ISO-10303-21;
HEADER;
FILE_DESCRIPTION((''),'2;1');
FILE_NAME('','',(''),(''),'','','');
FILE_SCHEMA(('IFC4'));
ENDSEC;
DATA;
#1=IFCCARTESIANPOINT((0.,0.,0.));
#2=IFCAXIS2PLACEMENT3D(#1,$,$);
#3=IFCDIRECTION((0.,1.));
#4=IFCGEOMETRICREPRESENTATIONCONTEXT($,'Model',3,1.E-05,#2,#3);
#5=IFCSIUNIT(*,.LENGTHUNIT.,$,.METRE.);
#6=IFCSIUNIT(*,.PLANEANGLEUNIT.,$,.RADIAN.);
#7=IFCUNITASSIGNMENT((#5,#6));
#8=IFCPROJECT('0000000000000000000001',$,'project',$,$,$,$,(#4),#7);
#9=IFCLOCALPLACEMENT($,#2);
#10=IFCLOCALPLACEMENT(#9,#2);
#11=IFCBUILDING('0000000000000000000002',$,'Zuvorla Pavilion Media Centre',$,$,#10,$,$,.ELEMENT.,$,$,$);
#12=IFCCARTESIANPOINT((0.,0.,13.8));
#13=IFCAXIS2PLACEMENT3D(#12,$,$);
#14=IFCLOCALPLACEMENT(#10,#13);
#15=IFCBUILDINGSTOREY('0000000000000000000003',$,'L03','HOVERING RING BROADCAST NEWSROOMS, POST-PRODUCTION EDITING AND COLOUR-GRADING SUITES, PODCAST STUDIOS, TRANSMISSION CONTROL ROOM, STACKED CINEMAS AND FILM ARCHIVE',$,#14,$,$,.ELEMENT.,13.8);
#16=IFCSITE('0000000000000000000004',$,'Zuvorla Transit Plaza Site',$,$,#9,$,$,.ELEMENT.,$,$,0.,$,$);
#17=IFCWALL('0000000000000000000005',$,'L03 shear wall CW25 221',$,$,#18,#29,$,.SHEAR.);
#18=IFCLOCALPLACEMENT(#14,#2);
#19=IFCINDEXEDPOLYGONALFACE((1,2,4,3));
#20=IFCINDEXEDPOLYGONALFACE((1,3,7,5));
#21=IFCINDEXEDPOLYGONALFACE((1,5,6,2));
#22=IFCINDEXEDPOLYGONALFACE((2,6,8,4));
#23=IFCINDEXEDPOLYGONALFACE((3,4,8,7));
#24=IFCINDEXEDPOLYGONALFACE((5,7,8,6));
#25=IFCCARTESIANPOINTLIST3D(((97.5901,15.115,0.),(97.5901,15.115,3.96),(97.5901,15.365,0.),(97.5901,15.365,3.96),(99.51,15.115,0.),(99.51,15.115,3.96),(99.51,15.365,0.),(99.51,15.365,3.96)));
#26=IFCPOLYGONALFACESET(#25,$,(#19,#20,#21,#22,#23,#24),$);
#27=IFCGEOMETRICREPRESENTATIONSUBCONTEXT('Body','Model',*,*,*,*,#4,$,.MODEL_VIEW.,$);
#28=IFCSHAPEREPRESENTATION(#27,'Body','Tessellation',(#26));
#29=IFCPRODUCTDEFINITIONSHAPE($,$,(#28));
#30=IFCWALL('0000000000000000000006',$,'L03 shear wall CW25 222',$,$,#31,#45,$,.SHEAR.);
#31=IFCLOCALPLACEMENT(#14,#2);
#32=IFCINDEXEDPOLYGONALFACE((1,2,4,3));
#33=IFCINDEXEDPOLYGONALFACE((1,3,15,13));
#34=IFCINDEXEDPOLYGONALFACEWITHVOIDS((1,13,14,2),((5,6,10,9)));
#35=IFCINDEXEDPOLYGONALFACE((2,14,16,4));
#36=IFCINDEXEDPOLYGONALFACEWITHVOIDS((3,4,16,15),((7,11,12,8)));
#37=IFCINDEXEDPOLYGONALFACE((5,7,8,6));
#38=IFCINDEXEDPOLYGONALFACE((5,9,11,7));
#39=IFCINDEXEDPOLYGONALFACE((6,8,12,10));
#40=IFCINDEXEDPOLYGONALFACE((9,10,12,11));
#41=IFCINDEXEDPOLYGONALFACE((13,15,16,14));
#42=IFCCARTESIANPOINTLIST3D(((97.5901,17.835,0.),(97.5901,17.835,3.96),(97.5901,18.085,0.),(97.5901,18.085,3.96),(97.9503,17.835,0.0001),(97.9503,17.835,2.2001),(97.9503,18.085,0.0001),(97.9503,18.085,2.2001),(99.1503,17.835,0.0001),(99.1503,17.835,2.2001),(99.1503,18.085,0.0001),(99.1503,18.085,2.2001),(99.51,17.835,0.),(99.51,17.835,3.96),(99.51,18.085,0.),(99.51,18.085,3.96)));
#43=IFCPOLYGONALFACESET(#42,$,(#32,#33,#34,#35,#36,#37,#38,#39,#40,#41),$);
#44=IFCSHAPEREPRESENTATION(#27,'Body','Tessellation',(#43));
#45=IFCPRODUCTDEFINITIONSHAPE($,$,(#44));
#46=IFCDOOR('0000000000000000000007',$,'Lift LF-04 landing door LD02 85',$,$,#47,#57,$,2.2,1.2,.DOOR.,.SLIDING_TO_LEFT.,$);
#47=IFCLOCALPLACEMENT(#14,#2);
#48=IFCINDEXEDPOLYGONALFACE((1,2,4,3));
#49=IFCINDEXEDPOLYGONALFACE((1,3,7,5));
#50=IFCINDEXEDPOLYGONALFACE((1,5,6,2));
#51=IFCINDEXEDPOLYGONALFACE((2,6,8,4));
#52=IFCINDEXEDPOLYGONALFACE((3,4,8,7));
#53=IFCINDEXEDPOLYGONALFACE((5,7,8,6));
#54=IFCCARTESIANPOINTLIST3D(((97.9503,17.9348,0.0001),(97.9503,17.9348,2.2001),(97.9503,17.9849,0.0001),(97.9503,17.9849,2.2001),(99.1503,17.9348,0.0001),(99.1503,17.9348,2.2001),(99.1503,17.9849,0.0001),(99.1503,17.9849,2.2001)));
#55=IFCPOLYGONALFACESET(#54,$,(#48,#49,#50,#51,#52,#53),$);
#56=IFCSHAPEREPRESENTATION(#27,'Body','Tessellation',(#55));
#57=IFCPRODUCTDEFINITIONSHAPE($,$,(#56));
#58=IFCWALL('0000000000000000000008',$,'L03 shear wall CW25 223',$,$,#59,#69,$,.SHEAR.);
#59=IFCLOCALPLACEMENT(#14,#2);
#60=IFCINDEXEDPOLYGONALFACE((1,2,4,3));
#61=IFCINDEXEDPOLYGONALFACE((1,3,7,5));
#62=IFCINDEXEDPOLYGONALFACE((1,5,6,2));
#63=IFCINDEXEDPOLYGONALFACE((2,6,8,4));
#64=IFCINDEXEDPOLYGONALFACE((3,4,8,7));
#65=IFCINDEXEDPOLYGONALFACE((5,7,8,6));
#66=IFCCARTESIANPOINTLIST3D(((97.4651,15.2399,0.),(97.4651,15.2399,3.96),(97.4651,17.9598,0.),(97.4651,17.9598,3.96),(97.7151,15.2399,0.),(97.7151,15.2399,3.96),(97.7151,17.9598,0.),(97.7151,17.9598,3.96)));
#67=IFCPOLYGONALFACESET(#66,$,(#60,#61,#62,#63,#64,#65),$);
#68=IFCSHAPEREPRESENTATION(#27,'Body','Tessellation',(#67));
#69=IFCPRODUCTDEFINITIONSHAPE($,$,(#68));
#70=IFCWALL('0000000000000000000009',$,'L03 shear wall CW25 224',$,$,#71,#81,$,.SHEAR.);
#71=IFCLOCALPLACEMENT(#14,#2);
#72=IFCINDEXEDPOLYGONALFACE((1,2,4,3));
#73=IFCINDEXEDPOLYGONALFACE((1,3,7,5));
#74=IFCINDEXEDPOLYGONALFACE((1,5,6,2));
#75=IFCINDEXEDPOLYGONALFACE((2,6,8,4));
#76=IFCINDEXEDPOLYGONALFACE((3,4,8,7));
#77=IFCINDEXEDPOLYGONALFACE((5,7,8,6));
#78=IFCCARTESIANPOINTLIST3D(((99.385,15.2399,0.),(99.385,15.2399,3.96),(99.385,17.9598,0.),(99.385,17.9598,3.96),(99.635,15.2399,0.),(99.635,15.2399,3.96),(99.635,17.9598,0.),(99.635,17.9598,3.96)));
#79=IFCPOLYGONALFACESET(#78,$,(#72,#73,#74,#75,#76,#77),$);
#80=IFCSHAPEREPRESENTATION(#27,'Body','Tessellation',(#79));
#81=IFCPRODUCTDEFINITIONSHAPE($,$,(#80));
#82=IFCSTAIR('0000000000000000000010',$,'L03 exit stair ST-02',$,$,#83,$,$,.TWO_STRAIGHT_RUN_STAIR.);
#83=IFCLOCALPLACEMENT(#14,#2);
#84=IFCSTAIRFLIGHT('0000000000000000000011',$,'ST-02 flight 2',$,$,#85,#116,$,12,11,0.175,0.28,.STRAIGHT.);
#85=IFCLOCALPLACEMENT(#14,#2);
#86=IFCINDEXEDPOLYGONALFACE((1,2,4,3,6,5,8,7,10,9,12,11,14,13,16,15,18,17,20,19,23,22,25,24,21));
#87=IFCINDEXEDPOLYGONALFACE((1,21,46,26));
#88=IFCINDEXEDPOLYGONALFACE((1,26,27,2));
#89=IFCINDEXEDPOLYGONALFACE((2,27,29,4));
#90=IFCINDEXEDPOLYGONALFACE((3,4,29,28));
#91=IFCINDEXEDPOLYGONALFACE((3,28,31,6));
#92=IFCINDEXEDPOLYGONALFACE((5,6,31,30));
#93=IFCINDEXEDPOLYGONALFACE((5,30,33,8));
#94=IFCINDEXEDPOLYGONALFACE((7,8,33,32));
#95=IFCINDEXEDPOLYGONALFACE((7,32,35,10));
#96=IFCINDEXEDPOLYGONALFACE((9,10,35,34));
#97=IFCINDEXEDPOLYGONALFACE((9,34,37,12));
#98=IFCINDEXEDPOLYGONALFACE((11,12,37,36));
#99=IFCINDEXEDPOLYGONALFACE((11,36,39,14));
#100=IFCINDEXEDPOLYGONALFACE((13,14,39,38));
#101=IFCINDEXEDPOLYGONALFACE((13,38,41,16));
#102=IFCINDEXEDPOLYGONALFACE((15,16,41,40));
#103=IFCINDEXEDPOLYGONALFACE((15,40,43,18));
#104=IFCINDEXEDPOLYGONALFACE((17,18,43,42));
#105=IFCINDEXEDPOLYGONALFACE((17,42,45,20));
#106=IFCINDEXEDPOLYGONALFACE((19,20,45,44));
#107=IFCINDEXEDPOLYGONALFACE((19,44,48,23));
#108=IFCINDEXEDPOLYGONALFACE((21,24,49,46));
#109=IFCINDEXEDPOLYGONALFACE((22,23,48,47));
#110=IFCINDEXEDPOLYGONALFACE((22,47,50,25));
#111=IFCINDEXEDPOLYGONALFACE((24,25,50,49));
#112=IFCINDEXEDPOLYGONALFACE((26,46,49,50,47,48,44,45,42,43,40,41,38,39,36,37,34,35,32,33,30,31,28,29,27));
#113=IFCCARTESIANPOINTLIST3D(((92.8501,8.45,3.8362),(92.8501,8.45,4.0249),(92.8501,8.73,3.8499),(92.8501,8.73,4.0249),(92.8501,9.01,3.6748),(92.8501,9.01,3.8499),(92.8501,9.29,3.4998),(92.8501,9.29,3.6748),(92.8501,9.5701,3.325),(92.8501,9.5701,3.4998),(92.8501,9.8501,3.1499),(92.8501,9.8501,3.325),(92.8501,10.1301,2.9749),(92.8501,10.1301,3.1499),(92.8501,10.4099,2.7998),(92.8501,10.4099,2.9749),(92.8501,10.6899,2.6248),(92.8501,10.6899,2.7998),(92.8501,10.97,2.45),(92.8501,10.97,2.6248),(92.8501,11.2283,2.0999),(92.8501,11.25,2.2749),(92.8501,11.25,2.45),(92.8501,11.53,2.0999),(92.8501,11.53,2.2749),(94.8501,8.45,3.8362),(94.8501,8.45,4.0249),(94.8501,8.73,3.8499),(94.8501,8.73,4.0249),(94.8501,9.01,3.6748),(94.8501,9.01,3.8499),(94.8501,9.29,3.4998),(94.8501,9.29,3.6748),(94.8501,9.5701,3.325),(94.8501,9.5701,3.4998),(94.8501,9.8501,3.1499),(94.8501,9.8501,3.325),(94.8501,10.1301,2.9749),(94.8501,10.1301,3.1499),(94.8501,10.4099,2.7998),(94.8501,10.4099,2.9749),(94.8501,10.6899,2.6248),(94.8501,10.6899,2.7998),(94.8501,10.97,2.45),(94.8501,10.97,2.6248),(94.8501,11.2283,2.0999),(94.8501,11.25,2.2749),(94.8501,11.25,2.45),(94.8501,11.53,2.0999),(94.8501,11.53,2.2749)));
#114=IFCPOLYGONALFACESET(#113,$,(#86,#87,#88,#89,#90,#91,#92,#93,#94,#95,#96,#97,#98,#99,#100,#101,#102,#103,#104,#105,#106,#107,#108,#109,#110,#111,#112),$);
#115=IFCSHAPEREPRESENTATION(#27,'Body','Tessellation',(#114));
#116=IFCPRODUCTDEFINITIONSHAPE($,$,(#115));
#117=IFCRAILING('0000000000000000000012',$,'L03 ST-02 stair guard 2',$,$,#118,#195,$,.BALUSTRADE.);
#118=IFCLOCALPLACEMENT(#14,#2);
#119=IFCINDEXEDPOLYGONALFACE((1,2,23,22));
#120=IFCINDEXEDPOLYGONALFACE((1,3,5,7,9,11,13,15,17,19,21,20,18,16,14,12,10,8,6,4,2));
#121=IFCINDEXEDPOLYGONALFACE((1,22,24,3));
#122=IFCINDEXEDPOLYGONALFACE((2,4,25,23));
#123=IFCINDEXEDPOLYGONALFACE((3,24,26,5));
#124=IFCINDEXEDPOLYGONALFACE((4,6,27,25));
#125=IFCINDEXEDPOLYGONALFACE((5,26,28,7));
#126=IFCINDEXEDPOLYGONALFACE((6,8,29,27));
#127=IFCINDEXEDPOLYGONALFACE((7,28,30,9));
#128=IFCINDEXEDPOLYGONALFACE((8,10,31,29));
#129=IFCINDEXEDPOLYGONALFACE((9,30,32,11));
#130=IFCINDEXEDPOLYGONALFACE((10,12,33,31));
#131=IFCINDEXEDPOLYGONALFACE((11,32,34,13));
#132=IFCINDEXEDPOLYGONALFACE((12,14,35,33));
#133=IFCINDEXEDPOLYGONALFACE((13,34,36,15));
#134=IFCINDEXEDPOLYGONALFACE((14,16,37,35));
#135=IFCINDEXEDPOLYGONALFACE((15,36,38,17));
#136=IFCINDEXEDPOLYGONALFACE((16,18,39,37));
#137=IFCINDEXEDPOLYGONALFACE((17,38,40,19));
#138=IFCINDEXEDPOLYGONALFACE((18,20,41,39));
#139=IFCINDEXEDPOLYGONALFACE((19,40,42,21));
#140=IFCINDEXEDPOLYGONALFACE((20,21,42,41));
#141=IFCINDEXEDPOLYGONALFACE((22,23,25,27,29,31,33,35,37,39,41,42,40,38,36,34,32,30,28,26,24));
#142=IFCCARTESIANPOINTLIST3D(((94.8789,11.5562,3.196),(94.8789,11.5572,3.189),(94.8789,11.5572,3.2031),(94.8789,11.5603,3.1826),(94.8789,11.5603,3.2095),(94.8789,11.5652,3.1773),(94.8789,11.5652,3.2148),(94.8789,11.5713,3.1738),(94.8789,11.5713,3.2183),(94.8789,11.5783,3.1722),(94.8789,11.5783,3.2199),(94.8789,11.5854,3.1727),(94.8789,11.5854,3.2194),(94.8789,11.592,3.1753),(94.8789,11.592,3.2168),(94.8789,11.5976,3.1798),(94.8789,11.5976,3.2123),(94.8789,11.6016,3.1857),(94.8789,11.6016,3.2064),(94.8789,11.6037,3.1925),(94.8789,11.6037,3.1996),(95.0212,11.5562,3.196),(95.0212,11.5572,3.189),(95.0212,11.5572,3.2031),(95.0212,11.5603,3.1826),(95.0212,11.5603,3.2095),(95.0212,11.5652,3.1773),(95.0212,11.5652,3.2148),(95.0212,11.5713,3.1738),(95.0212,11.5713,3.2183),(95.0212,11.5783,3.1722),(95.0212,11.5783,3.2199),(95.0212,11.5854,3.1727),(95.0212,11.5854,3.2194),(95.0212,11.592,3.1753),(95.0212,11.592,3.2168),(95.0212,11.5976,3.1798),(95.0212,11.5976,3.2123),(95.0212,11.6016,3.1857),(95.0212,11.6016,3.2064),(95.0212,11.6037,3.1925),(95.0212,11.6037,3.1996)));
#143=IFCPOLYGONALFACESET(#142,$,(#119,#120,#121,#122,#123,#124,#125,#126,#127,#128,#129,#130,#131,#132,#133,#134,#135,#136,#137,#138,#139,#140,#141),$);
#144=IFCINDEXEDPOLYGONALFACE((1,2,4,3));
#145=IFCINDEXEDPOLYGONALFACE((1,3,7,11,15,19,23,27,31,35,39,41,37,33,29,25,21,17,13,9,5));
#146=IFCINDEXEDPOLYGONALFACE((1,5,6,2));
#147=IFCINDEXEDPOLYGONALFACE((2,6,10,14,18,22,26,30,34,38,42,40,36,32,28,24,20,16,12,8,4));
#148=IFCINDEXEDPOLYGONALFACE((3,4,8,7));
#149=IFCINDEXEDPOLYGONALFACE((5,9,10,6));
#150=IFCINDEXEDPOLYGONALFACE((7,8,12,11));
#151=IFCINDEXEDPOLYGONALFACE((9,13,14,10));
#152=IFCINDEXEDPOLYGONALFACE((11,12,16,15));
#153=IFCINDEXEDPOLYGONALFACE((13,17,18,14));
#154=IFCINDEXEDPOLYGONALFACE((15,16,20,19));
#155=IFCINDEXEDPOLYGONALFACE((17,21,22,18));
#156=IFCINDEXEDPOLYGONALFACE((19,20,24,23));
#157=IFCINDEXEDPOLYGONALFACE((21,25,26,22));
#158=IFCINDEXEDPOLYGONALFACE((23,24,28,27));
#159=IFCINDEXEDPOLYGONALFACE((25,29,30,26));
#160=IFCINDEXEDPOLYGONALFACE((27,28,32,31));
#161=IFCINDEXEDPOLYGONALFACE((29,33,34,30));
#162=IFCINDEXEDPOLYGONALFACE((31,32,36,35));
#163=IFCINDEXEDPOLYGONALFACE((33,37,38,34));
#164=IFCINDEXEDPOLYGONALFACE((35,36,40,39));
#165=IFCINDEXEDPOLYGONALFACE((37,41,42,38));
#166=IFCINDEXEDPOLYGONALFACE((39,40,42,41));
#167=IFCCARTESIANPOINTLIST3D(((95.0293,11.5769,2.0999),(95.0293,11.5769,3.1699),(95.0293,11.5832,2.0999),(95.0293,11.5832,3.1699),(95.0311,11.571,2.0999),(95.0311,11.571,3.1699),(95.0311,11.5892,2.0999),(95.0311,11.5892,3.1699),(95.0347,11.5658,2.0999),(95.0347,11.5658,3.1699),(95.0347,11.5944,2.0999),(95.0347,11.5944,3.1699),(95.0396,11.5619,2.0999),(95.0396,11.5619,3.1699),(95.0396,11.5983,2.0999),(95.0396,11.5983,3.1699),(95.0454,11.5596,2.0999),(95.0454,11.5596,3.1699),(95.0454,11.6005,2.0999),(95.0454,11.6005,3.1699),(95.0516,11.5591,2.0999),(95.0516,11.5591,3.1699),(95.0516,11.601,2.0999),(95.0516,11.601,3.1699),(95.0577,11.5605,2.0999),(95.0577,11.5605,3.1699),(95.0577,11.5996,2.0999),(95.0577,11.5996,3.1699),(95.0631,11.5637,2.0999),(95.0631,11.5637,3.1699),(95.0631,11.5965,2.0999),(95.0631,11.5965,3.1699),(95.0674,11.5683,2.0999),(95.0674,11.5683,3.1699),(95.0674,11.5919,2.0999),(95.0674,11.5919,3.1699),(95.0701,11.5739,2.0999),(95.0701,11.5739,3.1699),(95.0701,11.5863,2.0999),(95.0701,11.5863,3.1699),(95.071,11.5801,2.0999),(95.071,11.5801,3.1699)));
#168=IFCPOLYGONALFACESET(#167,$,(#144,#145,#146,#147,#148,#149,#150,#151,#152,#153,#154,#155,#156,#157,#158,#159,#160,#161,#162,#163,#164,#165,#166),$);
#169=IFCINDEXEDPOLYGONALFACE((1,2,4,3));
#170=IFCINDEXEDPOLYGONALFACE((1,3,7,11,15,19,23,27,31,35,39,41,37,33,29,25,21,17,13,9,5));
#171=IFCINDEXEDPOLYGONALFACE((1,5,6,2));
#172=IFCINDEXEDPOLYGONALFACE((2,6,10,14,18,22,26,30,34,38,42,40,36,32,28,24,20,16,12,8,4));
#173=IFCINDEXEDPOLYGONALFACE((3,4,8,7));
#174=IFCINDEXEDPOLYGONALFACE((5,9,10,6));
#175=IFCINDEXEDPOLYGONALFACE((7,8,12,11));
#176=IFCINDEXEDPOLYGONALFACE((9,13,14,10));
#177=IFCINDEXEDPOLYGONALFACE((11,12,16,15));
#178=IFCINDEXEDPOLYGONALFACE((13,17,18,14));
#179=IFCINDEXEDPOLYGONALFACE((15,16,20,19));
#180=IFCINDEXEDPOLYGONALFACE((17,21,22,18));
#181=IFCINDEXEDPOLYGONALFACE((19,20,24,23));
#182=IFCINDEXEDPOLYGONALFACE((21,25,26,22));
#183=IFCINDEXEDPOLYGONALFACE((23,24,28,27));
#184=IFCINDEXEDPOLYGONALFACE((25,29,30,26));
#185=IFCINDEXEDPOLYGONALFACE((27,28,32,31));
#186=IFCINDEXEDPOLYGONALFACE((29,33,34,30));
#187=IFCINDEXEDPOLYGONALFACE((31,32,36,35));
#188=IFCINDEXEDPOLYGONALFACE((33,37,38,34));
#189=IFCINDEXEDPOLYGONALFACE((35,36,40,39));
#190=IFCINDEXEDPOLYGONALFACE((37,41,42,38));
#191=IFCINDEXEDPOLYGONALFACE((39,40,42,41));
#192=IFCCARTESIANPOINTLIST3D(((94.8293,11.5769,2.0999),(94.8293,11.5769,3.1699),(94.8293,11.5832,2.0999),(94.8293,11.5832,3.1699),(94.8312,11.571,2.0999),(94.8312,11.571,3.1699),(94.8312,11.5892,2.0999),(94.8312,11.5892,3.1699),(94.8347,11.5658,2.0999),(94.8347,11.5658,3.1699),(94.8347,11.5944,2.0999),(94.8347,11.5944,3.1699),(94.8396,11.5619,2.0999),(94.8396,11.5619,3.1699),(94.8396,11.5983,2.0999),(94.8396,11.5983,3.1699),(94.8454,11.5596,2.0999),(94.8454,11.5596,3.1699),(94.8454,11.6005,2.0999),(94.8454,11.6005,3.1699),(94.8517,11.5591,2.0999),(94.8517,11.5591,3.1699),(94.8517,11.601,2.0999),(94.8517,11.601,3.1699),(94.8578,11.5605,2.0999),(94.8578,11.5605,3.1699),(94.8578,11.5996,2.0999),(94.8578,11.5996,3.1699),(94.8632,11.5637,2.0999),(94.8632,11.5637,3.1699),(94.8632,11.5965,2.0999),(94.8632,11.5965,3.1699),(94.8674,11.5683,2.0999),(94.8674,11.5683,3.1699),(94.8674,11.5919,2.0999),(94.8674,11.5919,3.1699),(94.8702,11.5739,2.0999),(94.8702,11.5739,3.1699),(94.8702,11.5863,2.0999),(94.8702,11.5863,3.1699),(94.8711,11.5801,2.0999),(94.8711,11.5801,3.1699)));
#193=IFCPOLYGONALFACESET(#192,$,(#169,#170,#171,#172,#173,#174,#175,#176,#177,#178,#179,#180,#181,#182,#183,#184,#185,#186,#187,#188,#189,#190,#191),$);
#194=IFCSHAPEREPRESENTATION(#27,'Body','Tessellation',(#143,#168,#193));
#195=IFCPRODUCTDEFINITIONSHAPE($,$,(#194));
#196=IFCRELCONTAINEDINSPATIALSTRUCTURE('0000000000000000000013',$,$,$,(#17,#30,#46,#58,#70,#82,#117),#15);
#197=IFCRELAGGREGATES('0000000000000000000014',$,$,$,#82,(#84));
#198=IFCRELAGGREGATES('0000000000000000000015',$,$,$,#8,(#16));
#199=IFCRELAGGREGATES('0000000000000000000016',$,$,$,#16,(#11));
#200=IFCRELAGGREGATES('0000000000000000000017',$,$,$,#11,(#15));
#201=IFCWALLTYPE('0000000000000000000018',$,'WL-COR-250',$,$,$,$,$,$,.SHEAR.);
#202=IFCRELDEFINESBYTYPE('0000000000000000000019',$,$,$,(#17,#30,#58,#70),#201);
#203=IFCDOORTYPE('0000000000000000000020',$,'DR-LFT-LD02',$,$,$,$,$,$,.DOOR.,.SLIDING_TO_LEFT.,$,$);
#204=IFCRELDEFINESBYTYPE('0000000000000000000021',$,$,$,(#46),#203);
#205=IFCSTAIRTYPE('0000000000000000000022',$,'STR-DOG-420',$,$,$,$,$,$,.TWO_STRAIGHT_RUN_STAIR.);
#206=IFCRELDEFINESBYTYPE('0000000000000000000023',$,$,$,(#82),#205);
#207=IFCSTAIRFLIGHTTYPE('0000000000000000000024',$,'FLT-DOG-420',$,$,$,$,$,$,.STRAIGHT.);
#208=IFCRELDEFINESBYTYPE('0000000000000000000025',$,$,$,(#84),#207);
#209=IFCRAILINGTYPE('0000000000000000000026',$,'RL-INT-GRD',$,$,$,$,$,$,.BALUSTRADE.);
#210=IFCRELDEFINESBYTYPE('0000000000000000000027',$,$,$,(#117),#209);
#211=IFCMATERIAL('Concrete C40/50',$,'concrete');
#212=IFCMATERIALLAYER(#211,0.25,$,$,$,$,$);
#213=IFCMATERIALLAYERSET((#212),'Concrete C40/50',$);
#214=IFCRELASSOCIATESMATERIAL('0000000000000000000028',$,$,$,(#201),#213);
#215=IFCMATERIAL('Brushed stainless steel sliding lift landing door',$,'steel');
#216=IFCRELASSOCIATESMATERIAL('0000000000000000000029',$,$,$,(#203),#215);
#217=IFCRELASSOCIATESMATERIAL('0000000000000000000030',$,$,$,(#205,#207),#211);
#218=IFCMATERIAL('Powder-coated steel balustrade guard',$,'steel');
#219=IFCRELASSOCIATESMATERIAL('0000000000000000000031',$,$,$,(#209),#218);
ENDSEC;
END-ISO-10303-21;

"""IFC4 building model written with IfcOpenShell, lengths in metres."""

from ifc_helpers import new_model, si_unit, direction, frame, frame_2d, origin, origin_2d, place, context, subcontext, project, spatial, polyline, rectangle, circle, outline, extrude, material, layer, layer_set, type_object, element, fill, aggregate, save


model = new_model("IFC4")

# Units and contexts
model_context = context("Model", 3, precision=1e-05, world=origin(), true_north=direction((0.0, 1.0)))
body_context = subcontext(model_context, "Body", "Model", "MODEL_VIEW")
ifc_project = project(units=[si_unit("LENGTHUNIT", "METRE"), si_unit("PLANEANGLEUNIT", "RADIAN")], contexts=[model_context])

# Site, building, storey
site_placement = place(None, origin())
site = spatial("IfcSite", under=ifc_project, at=site_placement, Name="Zuvorla Transit Plaza Site", CompositionType="ELEMENT", RefElevation=0.0)
building_placement = place(site_placement, origin())
building = spatial("IfcBuilding", under=site, at=building_placement, Name="Zuvorla Pavilion Media Centre", CompositionType="ELEMENT")
storey_placement = place(building_placement, frame((0.0, 0.0, 13.8)))
storey = spatial("IfcBuildingStorey", under=building, at=storey_placement, Name="L03", Description="HOVERING RING BROADCAST NEWSROOMS, POST-PRODUCTION EDITING AND COLOUR-GRADING SUITES, PODCAST STUDIOS, TRANSMISSION CONTROL ROOM, STACKED CINEMAS AND FILM ARCHIVE", CompositionType="ELEMENT", Elevation=13.8)

# Shared definitions
ifc_material_1 = material(Name="Concrete C40/50", Category="concrete")

# Wall
ifc_layer_1 = layer(ifc_material_1, 0.25)
ifc_layer_set_1 = layer_set([ifc_layer_1], Name="Concrete C40/50")
wall_type_1 = type_object("IfcWallType", Name="WL-COR-250", PredefinedType="SHEAR", material=ifc_layer_set_1)
wall_1_placement = place(storey_placement, frame((97.5901, 15.24, 0.0), z_axis=(0.0, 0.0, 1.0), x_axis=(1.0, 0.0, 0.0)))
element("IfcWall", 1, at=wall_1_placement, inside=storey, type_object=wall_type_1, Name="L03 shear wall CW25 221", PredefinedType="SHEAR", context=body_context, shape_type="SweptSolid", body=[
    extrude(rectangle(XDim=1.9199, YDim=0.25, at=frame_2d((0.96, 0.0))), origin(), (0.0, 0.0, 1.0), 3.96),
])

# Wall, opening, door
wall_2_placement = place(storey_placement, frame((97.5901, 17.96, 0.0), z_axis=(0.0, 0.0, 1.0), x_axis=(1.0, 0.0, 0.0)))
wall_2 = element("IfcWall", 2, at=wall_2_placement, inside=storey, type_object=wall_type_1, Name="L03 shear wall CW25 222", PredefinedType="SHEAR", context=body_context, shape_type="SweptSolid", body=[
    extrude(rectangle(XDim=1.9199, YDim=0.25, at=frame_2d((0.96, 0.0))), origin(), (0.0, 0.0, 1.0), 3.96),
])
opening_1_placement = place(wall_2_placement, frame((0.3601, 0.0, 0.0)))
opening_1 = element("IfcOpeningElement", 3, at=opening_1_placement, cuts=wall_2, PredefinedType="OPENING", context=body_context, shape_type="SweptSolid", body=[
    extrude(rectangle(XDim=1.2, YDim=2.2, at=frame_2d((0.6001, 1.1001))), frame((0.0, 0.135, 0.0), z_axis=(0.0, -1.0, 0.0), x_axis=(1.0, 0.0, 0.0)), (0.0, 0.0, 1.0), 0.27),
])
ifc_material_2 = material(Name="Brushed stainless steel sliding lift landing door", Category="steel")
door_type_1 = type_object("IfcDoorType", Name="DR-LFT-LD02", OperationType="SLIDING_TO_LEFT", PredefinedType="DOOR", material=ifc_material_2)
door_1_placement = place(opening_1_placement, origin())
door_1 = element("IfcDoor", 4, at=door_1_placement, inside=storey, type_object=door_type_1, Name="Lift LF-04 landing door LD02 85", OperationType="SLIDING_TO_LEFT", OverallHeight=2.2, OverallWidth=1.2, PredefinedType="DOOR", context=body_context, shape_type="SweptSolid", body=[
    extrude(rectangle(XDim=1.2, YDim=2.2, at=frame_2d((0.6001, 1.1001))), frame((0.0, 0.0249, 0.0), z_axis=(0.0, -1.0, 0.0), x_axis=(1.0, 0.0, 0.0)), (0.0, 0.0, 1.0), 0.05),
])
fill(opening_1, door_1)

# Walls
for number, where, z_axis, x_axis, name in (
    (5, (97.5901, 15.24, 0.0), (0.0, 0.0, 1.0), (0.0, 1.0, 0.0), "L03 shear wall CW25 223"),
    (6, (99.51, 15.24, 0.0), (0.0, 0.0, 1.0), (0.0, 1.0, 0.0), "L03 shear wall CW25 224"),
):
    element("IfcWall", number, at=place(storey_placement, frame(where, z_axis=z_axis, x_axis=x_axis)), inside=storey, type_object=wall_type_1, Name=name, PredefinedType="SHEAR", context=body_context, shape_type="SweptSolid", body=[
        extrude(rectangle(XDim=2.72, YDim=0.25, at=frame_2d((1.3599, 0.0))), origin(), (0.0, 0.0, 1.0), 3.96),
    ])

# Stair, stair flight
stair_type = type_object("IfcStairType", Name="STR-DOG-420", PredefinedType="TWO_STRAIGHT_RUN_STAIR", material=ifc_material_1)
stair_placement = place(storey_placement, origin())
stair = element("IfcStair", 7, at=stair_placement, inside=storey, type_object=stair_type, Name="L03 exit stair ST-02", PredefinedType="TWO_STRAIGHT_RUN_STAIR")
stair_flight_type = type_object("IfcStairFlightType", Name="FLT-DOG-420", PredefinedType="STRAIGHT", material=ifc_material_1)
stair_flight_placement = place(storey_placement, frame((93.8501, 11.53, 2.0999), z_axis=(0.0, 0.0, 1.0), x_axis=(0.0, -1.0, 0.0)))
stair_flight = element("IfcStairFlight", 8, at=stair_flight_placement, type_object=stair_flight_type, Name="ST-02 flight 2", NumberOfRisers=12, NumberOfTreads=11, PredefinedType="STRAIGHT", RiserHeight=0.175, TreadLength=0.28, context=body_context, shape_type="SweptSolid", body=[
    extrude(outline(polyline([(0.0, 0.0), (0.0, 0.175), (0.28, 0.175), (0.28, 0.3501), (0.5601, 0.3501), (0.5601, 0.5249), (0.8401, 0.5249), (0.8401, 0.7), (1.1201, 0.7), (1.1201, 0.875), (1.3999, 0.875), (1.3999, 1.05), (1.6799, 1.05), (1.6799, 1.2251), (1.96, 1.2251), (1.96, 1.3999), (2.24, 1.3999), (2.24, 1.575), (2.52, 1.575), (2.52, 1.75), (2.8, 1.75), (2.8, 1.925), (3.0801, 1.925), (3.0801, 2.1001), (3.0801, 1.7363), (0.3018, 0.0), (0.0, 0.0)])), frame((0.0, 1.0, 0.0), z_axis=(0.0, -1.0, 0.0), x_axis=(1.0, 0.0, 0.0)), (0.0, 0.0, 1.0), 2.0),
])
aggregate(stair, [stair_flight])

# Railing
ifc_material_3 = material(Name="Powder-coated steel balustrade guard", Category="steel")
railing_type = type_object("IfcRailingType", Name="RL-INT-GRD", PredefinedType="BALUSTRADE", material=ifc_material_3)
railing_1_placement = place(storey_placement, frame((95.05, 11.5801, 2.0999)))
element("IfcRailing", 9, at=railing_1_placement, inside=storey, type_object=railing_type, Name="L03 ST-02 stair guard 2", PredefinedType="BALUSTRADE", context=body_context, shape_type="SweptSolid", body=[
    extrude(circle(Radius=0.0239, at=origin_2d()), frame((-0.0288, 0.0, 1.0962), z_axis=(-1.0, 0.0, 0.0), x_axis=(0.0, -1.0, 0.0)), (0.0, 0.0, 1.0), 0.1423),
    extrude(circle(Radius=0.021, at=origin_2d()), origin(), (0.0, 0.0, 1.0), 1.0701),
    extrude(circle(Radius=0.021, at=origin_2d()), frame((-0.2, 0.0, 0.0)), (0.0, 0.0, 1.0), 1.0701),
])

save(model, "model.ifc")
